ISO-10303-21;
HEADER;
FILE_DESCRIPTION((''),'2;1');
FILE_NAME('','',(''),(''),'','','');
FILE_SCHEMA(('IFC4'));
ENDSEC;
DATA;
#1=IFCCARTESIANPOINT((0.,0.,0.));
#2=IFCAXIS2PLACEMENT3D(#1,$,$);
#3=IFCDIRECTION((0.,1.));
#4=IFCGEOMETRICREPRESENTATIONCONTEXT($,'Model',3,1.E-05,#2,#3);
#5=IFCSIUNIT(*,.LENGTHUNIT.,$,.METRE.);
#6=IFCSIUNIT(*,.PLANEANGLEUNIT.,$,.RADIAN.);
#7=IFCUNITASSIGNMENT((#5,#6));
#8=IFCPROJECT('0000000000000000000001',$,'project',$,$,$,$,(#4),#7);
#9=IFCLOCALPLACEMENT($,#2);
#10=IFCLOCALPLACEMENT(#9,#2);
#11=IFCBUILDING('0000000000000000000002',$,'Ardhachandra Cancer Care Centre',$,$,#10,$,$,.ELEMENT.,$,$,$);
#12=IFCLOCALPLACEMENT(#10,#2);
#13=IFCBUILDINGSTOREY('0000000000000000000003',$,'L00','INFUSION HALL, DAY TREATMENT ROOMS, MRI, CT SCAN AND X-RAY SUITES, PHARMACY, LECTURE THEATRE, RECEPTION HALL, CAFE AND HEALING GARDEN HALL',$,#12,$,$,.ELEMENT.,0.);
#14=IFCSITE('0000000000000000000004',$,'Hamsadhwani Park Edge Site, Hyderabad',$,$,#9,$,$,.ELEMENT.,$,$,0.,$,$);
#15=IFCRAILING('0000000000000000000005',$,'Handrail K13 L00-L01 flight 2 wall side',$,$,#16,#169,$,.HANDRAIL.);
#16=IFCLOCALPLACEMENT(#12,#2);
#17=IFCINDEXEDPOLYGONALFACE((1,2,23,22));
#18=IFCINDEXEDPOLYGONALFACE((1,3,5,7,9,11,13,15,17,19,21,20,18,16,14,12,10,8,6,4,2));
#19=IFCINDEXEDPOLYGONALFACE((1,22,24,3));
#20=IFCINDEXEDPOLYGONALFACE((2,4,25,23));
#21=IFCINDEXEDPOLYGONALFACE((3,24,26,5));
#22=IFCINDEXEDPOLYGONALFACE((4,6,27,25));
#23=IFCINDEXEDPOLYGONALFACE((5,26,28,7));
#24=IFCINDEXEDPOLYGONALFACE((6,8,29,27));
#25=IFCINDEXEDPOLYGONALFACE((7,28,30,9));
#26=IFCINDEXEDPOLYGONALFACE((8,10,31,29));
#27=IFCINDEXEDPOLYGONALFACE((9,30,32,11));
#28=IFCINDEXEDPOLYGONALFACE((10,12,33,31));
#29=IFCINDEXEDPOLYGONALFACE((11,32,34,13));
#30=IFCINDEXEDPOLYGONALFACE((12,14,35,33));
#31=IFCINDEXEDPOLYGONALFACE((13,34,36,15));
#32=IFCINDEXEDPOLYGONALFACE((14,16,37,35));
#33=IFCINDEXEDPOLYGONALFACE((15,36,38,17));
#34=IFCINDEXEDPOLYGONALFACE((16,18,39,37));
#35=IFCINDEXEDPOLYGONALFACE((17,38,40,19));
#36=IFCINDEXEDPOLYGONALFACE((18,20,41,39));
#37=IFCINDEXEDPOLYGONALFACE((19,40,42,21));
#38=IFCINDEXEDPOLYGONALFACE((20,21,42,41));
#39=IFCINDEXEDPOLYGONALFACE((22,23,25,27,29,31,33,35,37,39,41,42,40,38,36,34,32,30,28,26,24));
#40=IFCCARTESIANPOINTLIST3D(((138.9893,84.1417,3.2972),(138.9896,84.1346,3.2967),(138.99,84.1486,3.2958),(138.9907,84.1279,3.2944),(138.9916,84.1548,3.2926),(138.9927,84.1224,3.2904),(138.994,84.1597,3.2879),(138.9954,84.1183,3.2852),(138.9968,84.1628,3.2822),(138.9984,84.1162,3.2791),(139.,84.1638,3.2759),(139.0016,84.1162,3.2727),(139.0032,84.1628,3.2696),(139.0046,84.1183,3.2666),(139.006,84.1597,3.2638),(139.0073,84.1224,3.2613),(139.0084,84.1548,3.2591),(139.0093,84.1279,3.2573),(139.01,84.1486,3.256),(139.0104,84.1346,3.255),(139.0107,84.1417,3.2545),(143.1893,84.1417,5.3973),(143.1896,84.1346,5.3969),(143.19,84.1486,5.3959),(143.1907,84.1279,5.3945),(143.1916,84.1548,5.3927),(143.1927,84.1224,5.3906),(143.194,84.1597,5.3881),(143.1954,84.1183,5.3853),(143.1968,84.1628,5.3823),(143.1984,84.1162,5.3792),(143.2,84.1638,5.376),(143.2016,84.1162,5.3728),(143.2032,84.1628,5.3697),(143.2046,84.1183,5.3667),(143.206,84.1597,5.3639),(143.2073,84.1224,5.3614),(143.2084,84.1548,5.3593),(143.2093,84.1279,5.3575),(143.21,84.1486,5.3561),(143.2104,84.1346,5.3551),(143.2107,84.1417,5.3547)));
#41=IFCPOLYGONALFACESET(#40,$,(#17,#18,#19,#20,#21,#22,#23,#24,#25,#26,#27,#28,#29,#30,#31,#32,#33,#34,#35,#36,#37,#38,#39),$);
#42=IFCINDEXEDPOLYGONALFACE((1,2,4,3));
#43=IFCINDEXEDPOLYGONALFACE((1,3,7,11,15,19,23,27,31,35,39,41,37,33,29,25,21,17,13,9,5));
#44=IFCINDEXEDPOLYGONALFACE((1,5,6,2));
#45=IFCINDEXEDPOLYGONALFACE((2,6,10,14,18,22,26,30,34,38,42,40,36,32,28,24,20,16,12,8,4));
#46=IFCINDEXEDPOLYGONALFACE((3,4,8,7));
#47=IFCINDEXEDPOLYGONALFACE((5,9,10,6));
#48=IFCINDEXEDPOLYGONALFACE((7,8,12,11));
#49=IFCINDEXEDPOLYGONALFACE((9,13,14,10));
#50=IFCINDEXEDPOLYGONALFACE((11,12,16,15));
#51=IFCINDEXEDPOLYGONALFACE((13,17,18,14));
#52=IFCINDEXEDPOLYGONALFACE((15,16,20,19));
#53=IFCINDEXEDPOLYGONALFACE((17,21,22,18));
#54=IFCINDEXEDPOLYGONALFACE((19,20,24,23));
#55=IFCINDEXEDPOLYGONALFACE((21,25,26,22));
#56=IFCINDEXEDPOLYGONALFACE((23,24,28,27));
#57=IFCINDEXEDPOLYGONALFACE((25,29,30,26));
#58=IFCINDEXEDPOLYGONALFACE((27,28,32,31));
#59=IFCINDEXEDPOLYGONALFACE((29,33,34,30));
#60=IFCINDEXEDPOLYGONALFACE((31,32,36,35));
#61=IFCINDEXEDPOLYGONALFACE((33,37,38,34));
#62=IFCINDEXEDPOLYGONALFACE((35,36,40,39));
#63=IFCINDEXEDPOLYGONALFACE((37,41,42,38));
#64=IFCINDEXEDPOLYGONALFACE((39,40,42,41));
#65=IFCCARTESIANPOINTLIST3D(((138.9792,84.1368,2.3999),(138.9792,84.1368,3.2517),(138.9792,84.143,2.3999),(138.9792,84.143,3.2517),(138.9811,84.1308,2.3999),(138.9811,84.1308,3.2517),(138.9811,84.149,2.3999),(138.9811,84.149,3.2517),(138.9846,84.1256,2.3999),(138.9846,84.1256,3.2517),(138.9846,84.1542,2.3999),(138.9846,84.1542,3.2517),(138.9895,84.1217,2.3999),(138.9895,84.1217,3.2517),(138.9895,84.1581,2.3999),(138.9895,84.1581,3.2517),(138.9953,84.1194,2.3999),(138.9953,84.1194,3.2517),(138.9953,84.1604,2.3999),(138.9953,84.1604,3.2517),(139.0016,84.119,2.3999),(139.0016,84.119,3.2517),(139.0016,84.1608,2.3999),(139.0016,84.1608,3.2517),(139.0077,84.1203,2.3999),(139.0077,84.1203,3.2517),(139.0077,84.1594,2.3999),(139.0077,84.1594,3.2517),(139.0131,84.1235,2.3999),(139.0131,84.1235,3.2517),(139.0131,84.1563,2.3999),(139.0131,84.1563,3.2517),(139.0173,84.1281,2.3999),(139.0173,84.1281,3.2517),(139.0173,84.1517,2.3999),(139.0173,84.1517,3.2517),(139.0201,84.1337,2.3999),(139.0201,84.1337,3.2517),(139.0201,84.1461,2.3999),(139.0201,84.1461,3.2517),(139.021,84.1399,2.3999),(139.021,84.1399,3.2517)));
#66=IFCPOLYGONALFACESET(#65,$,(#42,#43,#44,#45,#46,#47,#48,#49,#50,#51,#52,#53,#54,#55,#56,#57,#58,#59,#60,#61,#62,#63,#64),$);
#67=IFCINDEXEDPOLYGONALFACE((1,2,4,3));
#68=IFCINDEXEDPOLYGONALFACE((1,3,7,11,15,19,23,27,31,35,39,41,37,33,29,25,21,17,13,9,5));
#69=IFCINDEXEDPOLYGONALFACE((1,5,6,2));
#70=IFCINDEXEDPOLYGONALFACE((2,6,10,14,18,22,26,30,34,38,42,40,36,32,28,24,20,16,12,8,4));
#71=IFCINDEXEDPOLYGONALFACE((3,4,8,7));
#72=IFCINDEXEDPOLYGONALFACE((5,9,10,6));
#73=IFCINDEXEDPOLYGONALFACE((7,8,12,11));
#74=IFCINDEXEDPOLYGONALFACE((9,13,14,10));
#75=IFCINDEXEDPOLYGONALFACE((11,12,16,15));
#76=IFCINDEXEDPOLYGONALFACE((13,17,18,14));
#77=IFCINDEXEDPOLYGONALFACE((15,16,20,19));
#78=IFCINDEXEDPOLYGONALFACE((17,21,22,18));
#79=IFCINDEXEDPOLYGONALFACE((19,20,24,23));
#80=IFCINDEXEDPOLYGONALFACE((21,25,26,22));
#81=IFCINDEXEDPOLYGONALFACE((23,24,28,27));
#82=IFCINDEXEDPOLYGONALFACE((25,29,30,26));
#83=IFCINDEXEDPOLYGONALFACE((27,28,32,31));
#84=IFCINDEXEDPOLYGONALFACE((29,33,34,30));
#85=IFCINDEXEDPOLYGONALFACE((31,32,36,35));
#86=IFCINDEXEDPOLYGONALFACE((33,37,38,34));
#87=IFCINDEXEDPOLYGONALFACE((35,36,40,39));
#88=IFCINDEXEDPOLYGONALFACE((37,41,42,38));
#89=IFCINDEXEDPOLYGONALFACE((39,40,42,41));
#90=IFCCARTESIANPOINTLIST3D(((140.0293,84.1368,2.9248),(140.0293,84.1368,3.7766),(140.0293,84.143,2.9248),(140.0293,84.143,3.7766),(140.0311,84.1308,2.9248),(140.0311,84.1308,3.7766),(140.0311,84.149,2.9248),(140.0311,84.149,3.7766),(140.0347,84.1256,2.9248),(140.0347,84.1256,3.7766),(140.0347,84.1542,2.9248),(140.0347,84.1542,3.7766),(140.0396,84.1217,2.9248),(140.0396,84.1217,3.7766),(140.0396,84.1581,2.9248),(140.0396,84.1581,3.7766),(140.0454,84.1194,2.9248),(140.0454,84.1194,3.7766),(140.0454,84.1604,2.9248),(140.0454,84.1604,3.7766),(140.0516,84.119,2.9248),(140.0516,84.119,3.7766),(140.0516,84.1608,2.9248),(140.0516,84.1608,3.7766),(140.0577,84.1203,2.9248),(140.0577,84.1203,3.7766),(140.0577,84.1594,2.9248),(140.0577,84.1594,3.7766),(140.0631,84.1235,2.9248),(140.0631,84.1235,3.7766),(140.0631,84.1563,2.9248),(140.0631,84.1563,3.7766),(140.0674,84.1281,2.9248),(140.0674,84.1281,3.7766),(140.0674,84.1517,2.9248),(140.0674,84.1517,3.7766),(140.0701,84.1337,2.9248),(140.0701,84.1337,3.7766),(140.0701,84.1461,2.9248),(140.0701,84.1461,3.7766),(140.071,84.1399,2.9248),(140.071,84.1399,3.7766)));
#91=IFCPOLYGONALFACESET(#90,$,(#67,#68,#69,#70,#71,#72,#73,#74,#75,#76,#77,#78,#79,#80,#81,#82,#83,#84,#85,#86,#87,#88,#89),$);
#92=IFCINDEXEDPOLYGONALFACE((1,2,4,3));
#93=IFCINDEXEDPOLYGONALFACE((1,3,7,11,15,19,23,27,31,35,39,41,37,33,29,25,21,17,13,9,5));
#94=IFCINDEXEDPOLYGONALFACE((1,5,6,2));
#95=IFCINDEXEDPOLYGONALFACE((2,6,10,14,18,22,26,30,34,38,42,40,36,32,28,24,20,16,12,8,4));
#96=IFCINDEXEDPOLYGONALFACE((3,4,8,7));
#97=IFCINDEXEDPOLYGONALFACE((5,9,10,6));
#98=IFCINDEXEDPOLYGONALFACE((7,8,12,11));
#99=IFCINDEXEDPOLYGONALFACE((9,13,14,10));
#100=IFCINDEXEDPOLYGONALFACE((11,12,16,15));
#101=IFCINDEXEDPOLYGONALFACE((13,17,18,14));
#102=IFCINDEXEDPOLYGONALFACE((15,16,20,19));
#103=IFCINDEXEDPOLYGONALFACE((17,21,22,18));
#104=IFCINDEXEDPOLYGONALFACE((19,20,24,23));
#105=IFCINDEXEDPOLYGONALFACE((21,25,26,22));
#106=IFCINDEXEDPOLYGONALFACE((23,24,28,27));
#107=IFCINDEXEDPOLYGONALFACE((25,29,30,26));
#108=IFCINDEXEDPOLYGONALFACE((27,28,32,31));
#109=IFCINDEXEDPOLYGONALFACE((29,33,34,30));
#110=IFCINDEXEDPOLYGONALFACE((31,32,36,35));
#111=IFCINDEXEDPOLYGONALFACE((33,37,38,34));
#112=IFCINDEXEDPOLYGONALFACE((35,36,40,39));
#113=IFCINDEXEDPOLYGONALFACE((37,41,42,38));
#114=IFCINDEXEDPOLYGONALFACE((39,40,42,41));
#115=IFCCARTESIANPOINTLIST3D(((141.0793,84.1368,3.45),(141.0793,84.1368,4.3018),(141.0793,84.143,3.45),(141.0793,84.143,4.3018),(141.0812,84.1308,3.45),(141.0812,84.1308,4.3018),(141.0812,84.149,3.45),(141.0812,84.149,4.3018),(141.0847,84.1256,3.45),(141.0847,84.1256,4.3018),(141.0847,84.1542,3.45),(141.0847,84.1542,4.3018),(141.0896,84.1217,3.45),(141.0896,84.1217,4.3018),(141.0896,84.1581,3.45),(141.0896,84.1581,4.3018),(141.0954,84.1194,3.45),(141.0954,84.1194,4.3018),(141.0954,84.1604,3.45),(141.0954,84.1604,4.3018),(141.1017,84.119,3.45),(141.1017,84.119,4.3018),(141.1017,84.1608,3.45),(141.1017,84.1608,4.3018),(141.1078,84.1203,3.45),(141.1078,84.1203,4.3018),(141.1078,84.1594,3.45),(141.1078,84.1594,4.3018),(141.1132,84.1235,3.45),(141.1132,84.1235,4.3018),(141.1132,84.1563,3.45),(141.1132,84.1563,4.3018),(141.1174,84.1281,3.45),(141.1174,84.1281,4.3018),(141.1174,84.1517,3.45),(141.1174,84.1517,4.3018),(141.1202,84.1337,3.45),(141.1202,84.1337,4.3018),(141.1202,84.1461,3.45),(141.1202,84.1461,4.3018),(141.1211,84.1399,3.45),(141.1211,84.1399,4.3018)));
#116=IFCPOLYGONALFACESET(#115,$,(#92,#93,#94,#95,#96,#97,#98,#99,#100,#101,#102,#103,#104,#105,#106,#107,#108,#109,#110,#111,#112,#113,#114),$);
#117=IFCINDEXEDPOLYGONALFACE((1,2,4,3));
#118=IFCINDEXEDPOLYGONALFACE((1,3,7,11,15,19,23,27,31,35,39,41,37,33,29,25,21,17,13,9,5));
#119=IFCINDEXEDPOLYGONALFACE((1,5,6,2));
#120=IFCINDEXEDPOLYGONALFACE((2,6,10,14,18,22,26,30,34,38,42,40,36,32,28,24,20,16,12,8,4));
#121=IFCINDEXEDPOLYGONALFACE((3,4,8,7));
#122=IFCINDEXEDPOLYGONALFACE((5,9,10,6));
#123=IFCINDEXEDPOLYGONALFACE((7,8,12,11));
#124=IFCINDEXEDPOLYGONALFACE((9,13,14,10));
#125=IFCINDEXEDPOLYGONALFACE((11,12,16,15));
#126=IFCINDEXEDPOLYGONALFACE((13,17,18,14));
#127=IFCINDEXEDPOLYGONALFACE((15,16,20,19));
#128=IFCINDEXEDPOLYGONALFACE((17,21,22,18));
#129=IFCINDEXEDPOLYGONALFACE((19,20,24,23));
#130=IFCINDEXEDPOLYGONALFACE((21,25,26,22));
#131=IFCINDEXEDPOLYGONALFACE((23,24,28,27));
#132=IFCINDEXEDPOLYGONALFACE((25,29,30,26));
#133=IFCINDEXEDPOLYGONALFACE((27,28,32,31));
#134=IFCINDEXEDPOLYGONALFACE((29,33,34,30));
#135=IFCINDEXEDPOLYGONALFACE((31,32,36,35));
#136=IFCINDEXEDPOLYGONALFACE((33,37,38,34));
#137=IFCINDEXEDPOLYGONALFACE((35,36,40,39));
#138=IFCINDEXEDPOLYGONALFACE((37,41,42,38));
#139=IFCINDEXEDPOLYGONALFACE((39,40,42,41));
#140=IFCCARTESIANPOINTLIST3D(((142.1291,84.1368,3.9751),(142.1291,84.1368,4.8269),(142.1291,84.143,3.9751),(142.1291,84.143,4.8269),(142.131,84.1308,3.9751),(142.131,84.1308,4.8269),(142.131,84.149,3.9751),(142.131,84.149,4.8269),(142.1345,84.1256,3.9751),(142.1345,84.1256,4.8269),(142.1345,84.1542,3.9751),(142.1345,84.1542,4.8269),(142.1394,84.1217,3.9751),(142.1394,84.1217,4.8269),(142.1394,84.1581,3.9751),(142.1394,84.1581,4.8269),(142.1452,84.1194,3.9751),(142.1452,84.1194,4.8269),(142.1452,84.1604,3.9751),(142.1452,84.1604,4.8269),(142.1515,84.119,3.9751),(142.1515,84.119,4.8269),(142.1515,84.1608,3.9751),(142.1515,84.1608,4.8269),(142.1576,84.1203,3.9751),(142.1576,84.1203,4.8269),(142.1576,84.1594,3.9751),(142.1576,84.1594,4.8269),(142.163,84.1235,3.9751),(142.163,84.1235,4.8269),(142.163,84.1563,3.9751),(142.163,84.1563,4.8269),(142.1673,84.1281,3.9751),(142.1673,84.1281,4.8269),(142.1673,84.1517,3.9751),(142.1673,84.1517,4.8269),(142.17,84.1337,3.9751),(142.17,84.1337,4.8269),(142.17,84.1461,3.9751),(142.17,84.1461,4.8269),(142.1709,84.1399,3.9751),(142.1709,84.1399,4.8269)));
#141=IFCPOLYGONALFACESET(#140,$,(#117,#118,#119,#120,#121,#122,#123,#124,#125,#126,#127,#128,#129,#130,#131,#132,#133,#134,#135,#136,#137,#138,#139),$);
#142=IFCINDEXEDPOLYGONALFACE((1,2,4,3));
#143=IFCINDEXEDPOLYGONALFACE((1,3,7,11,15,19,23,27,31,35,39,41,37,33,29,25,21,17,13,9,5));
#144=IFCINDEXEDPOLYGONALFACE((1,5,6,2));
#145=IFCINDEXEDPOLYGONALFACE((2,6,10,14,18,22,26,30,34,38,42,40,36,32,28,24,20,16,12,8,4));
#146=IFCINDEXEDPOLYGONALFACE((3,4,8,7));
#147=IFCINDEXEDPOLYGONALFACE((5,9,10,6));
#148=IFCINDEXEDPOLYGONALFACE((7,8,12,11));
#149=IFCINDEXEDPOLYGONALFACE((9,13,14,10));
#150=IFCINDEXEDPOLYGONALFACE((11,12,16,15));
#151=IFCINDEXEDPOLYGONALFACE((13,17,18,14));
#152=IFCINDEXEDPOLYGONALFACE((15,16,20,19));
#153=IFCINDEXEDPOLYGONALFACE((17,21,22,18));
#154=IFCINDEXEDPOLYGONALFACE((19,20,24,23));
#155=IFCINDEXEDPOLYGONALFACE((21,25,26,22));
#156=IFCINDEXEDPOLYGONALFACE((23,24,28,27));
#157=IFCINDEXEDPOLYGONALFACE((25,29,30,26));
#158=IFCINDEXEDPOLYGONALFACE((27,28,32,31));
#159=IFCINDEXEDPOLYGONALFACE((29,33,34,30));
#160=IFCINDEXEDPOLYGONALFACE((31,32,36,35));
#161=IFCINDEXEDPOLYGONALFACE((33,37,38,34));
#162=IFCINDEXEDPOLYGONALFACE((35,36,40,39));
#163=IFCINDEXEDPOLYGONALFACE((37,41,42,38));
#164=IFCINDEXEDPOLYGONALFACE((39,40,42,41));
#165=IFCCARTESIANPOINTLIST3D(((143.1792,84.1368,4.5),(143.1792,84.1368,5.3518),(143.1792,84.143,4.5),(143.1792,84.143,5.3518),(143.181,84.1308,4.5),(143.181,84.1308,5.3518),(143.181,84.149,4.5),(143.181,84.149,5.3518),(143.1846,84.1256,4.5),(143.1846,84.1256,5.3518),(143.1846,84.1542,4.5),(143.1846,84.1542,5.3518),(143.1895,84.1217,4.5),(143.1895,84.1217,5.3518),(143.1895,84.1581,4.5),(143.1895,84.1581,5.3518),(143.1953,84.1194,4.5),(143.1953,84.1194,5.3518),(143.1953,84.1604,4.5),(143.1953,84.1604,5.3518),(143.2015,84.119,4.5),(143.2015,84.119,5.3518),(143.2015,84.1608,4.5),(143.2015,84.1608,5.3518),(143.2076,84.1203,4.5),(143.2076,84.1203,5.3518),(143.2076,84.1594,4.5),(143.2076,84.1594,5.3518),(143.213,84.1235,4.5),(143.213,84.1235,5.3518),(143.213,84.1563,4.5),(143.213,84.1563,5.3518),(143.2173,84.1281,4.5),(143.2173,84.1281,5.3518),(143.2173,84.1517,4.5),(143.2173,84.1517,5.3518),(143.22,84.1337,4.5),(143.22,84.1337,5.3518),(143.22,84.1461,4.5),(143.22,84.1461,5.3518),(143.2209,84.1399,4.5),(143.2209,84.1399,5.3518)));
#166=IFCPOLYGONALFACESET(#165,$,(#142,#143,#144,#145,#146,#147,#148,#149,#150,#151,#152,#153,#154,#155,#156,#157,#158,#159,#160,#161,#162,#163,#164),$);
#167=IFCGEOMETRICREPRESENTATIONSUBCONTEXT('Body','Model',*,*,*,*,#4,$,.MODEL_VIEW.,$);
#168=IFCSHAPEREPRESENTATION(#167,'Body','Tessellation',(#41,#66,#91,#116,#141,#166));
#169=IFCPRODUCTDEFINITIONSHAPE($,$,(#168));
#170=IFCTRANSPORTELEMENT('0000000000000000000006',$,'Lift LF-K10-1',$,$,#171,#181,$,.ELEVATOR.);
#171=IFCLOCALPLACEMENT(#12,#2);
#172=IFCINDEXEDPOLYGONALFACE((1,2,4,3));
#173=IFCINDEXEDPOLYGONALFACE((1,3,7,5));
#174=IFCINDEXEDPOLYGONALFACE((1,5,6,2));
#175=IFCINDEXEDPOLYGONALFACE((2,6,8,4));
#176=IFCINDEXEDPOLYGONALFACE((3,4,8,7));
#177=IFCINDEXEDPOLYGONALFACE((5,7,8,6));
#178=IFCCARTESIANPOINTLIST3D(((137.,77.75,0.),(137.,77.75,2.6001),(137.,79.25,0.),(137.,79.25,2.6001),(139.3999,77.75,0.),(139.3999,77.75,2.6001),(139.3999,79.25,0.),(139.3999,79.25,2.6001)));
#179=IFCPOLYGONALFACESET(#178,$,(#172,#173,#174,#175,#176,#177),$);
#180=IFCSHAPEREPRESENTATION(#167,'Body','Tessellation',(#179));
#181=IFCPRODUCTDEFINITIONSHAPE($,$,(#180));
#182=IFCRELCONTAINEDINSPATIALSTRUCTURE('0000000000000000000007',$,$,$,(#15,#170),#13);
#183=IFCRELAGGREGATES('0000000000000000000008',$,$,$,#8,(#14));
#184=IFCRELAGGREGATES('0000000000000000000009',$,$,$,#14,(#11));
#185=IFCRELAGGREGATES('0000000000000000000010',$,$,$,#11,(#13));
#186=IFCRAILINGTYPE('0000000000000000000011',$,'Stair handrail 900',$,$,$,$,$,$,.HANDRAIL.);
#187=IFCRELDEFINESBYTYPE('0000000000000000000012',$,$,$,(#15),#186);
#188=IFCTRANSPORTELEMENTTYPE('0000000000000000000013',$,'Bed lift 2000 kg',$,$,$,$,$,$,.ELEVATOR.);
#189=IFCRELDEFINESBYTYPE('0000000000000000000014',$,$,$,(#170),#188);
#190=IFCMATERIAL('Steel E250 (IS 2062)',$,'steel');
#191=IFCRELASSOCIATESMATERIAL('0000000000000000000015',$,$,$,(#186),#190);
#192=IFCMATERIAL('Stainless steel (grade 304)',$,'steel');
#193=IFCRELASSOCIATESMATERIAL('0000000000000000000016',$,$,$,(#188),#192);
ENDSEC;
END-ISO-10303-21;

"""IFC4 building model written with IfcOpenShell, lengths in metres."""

from ifc_helpers import new_model, si_unit, direction, frame, origin, origin_2d, place, context, subcontext, project, spatial, rectangle, circle, extrude, material, type_object, element, save


model = new_model("IFC4")

# Units and contexts
model_context = context("Model", 3, precision=1e-05, world=origin(), true_north=direction((0.0, 1.0)))
body_context = subcontext(model_context, "Body", "Model", "MODEL_VIEW")
ifc_project = project(units=[si_unit("LENGTHUNIT", "METRE"), si_unit("PLANEANGLEUNIT", "RADIAN")], contexts=[model_context])

# Site, building, storey
site_placement = place(None, origin())
site = spatial("IfcSite", under=ifc_project, at=site_placement, Name="Hamsadhwani Park Edge Site, Hyderabad", CompositionType="ELEMENT", RefElevation=0.0)
building_placement = place(site_placement, origin())
building = spatial("IfcBuilding", under=site, at=building_placement, Name="Ardhachandra Cancer Care Centre", CompositionType="ELEMENT")
storey_placement = place(building_placement, origin())
storey = spatial("IfcBuildingStorey", under=building, at=storey_placement, Name="L00", Description="INFUSION HALL, DAY TREATMENT ROOMS, MRI, CT SCAN AND X-RAY SUITES, PHARMACY, LECTURE THEATRE, RECEPTION HALL, CAFE AND HEALING GARDEN HALL", CompositionType="ELEMENT", Elevation=0.0)

# Railing
ifc_material_1 = material(Name="Steel E250 (IS 2062)", Category="steel")
railing_type = type_object("IfcRailingType", Name="Stair handrail 900", PredefinedType="HANDRAIL", material=ifc_material_1)
for number, where, name in (
    (1, (139.0, 84.1399, 2.3999), "Handrail K13 L00-L01 flight 2 wall side"),
):
    element("IfcRailing", number, at=place(storey_placement, frame(where)), inside=storey, type_object=railing_type, Name=name, PredefinedType="HANDRAIL", context=body_context, shape_type="SweptSolid", body=[
        extrude(circle(Radius=0.0239, at=origin_2d()), frame((0.0, 0.0, 0.876), z_axis=(0.894417, 0.0, 0.447234), x_axis=(0.0, 1.0, 0.0)), (0.0, 0.0, 1.0), 4.6958),
        extrude(circle(Radius=0.021, at=origin_2d()), origin(), (0.0, 0.0, 1.0), 0.8518),
        extrude(circle(Radius=0.021, at=origin_2d()), frame((1.05, 0.0, 0.5249)), (0.0, 0.0, 1.0), 0.8518),
        extrude(circle(Radius=0.021, at=origin_2d()), frame((2.1001, 0.0, 1.05)), (0.0, 0.0, 1.0), 0.8518),
        extrude(circle(Radius=0.021, at=origin_2d()), frame((3.1499, 0.0, 1.5752)), (0.0, 0.0, 1.0), 0.8518),
        extrude(circle(Radius=0.021, at=origin_2d()), frame((4.2, 0.0, 2.1001)), (0.0, 0.0, 1.0), 0.8518),
    ])

# Transport element
ifc_material_2 = material(Name="Stainless steel (grade 304)", Category="steel")
transport_element_type = type_object("IfcTransportElementType", Name="Bed lift 2000 kg", PredefinedType="ELEVATOR", material=ifc_material_2)
transport_element_placement = place(storey_placement, frame((138.2, 78.5, 0.0), z_axis=(0.0, 0.0, 1.0), x_axis=(1.0, 0.0, 0.0)))
element("IfcTransportElement", 2, at=transport_element_placement, inside=storey, type_object=transport_element_type, Name="Lift LF-K10-1", PredefinedType="ELEVATOR", context=body_context, shape_type="SweptSolid", body=[
    extrude(rectangle(XDim=2.3999, YDim=1.5, at=origin_2d()), origin(), (0.0, 0.0, 1.0), 2.6001),
])

save(model, "model.ifc")
